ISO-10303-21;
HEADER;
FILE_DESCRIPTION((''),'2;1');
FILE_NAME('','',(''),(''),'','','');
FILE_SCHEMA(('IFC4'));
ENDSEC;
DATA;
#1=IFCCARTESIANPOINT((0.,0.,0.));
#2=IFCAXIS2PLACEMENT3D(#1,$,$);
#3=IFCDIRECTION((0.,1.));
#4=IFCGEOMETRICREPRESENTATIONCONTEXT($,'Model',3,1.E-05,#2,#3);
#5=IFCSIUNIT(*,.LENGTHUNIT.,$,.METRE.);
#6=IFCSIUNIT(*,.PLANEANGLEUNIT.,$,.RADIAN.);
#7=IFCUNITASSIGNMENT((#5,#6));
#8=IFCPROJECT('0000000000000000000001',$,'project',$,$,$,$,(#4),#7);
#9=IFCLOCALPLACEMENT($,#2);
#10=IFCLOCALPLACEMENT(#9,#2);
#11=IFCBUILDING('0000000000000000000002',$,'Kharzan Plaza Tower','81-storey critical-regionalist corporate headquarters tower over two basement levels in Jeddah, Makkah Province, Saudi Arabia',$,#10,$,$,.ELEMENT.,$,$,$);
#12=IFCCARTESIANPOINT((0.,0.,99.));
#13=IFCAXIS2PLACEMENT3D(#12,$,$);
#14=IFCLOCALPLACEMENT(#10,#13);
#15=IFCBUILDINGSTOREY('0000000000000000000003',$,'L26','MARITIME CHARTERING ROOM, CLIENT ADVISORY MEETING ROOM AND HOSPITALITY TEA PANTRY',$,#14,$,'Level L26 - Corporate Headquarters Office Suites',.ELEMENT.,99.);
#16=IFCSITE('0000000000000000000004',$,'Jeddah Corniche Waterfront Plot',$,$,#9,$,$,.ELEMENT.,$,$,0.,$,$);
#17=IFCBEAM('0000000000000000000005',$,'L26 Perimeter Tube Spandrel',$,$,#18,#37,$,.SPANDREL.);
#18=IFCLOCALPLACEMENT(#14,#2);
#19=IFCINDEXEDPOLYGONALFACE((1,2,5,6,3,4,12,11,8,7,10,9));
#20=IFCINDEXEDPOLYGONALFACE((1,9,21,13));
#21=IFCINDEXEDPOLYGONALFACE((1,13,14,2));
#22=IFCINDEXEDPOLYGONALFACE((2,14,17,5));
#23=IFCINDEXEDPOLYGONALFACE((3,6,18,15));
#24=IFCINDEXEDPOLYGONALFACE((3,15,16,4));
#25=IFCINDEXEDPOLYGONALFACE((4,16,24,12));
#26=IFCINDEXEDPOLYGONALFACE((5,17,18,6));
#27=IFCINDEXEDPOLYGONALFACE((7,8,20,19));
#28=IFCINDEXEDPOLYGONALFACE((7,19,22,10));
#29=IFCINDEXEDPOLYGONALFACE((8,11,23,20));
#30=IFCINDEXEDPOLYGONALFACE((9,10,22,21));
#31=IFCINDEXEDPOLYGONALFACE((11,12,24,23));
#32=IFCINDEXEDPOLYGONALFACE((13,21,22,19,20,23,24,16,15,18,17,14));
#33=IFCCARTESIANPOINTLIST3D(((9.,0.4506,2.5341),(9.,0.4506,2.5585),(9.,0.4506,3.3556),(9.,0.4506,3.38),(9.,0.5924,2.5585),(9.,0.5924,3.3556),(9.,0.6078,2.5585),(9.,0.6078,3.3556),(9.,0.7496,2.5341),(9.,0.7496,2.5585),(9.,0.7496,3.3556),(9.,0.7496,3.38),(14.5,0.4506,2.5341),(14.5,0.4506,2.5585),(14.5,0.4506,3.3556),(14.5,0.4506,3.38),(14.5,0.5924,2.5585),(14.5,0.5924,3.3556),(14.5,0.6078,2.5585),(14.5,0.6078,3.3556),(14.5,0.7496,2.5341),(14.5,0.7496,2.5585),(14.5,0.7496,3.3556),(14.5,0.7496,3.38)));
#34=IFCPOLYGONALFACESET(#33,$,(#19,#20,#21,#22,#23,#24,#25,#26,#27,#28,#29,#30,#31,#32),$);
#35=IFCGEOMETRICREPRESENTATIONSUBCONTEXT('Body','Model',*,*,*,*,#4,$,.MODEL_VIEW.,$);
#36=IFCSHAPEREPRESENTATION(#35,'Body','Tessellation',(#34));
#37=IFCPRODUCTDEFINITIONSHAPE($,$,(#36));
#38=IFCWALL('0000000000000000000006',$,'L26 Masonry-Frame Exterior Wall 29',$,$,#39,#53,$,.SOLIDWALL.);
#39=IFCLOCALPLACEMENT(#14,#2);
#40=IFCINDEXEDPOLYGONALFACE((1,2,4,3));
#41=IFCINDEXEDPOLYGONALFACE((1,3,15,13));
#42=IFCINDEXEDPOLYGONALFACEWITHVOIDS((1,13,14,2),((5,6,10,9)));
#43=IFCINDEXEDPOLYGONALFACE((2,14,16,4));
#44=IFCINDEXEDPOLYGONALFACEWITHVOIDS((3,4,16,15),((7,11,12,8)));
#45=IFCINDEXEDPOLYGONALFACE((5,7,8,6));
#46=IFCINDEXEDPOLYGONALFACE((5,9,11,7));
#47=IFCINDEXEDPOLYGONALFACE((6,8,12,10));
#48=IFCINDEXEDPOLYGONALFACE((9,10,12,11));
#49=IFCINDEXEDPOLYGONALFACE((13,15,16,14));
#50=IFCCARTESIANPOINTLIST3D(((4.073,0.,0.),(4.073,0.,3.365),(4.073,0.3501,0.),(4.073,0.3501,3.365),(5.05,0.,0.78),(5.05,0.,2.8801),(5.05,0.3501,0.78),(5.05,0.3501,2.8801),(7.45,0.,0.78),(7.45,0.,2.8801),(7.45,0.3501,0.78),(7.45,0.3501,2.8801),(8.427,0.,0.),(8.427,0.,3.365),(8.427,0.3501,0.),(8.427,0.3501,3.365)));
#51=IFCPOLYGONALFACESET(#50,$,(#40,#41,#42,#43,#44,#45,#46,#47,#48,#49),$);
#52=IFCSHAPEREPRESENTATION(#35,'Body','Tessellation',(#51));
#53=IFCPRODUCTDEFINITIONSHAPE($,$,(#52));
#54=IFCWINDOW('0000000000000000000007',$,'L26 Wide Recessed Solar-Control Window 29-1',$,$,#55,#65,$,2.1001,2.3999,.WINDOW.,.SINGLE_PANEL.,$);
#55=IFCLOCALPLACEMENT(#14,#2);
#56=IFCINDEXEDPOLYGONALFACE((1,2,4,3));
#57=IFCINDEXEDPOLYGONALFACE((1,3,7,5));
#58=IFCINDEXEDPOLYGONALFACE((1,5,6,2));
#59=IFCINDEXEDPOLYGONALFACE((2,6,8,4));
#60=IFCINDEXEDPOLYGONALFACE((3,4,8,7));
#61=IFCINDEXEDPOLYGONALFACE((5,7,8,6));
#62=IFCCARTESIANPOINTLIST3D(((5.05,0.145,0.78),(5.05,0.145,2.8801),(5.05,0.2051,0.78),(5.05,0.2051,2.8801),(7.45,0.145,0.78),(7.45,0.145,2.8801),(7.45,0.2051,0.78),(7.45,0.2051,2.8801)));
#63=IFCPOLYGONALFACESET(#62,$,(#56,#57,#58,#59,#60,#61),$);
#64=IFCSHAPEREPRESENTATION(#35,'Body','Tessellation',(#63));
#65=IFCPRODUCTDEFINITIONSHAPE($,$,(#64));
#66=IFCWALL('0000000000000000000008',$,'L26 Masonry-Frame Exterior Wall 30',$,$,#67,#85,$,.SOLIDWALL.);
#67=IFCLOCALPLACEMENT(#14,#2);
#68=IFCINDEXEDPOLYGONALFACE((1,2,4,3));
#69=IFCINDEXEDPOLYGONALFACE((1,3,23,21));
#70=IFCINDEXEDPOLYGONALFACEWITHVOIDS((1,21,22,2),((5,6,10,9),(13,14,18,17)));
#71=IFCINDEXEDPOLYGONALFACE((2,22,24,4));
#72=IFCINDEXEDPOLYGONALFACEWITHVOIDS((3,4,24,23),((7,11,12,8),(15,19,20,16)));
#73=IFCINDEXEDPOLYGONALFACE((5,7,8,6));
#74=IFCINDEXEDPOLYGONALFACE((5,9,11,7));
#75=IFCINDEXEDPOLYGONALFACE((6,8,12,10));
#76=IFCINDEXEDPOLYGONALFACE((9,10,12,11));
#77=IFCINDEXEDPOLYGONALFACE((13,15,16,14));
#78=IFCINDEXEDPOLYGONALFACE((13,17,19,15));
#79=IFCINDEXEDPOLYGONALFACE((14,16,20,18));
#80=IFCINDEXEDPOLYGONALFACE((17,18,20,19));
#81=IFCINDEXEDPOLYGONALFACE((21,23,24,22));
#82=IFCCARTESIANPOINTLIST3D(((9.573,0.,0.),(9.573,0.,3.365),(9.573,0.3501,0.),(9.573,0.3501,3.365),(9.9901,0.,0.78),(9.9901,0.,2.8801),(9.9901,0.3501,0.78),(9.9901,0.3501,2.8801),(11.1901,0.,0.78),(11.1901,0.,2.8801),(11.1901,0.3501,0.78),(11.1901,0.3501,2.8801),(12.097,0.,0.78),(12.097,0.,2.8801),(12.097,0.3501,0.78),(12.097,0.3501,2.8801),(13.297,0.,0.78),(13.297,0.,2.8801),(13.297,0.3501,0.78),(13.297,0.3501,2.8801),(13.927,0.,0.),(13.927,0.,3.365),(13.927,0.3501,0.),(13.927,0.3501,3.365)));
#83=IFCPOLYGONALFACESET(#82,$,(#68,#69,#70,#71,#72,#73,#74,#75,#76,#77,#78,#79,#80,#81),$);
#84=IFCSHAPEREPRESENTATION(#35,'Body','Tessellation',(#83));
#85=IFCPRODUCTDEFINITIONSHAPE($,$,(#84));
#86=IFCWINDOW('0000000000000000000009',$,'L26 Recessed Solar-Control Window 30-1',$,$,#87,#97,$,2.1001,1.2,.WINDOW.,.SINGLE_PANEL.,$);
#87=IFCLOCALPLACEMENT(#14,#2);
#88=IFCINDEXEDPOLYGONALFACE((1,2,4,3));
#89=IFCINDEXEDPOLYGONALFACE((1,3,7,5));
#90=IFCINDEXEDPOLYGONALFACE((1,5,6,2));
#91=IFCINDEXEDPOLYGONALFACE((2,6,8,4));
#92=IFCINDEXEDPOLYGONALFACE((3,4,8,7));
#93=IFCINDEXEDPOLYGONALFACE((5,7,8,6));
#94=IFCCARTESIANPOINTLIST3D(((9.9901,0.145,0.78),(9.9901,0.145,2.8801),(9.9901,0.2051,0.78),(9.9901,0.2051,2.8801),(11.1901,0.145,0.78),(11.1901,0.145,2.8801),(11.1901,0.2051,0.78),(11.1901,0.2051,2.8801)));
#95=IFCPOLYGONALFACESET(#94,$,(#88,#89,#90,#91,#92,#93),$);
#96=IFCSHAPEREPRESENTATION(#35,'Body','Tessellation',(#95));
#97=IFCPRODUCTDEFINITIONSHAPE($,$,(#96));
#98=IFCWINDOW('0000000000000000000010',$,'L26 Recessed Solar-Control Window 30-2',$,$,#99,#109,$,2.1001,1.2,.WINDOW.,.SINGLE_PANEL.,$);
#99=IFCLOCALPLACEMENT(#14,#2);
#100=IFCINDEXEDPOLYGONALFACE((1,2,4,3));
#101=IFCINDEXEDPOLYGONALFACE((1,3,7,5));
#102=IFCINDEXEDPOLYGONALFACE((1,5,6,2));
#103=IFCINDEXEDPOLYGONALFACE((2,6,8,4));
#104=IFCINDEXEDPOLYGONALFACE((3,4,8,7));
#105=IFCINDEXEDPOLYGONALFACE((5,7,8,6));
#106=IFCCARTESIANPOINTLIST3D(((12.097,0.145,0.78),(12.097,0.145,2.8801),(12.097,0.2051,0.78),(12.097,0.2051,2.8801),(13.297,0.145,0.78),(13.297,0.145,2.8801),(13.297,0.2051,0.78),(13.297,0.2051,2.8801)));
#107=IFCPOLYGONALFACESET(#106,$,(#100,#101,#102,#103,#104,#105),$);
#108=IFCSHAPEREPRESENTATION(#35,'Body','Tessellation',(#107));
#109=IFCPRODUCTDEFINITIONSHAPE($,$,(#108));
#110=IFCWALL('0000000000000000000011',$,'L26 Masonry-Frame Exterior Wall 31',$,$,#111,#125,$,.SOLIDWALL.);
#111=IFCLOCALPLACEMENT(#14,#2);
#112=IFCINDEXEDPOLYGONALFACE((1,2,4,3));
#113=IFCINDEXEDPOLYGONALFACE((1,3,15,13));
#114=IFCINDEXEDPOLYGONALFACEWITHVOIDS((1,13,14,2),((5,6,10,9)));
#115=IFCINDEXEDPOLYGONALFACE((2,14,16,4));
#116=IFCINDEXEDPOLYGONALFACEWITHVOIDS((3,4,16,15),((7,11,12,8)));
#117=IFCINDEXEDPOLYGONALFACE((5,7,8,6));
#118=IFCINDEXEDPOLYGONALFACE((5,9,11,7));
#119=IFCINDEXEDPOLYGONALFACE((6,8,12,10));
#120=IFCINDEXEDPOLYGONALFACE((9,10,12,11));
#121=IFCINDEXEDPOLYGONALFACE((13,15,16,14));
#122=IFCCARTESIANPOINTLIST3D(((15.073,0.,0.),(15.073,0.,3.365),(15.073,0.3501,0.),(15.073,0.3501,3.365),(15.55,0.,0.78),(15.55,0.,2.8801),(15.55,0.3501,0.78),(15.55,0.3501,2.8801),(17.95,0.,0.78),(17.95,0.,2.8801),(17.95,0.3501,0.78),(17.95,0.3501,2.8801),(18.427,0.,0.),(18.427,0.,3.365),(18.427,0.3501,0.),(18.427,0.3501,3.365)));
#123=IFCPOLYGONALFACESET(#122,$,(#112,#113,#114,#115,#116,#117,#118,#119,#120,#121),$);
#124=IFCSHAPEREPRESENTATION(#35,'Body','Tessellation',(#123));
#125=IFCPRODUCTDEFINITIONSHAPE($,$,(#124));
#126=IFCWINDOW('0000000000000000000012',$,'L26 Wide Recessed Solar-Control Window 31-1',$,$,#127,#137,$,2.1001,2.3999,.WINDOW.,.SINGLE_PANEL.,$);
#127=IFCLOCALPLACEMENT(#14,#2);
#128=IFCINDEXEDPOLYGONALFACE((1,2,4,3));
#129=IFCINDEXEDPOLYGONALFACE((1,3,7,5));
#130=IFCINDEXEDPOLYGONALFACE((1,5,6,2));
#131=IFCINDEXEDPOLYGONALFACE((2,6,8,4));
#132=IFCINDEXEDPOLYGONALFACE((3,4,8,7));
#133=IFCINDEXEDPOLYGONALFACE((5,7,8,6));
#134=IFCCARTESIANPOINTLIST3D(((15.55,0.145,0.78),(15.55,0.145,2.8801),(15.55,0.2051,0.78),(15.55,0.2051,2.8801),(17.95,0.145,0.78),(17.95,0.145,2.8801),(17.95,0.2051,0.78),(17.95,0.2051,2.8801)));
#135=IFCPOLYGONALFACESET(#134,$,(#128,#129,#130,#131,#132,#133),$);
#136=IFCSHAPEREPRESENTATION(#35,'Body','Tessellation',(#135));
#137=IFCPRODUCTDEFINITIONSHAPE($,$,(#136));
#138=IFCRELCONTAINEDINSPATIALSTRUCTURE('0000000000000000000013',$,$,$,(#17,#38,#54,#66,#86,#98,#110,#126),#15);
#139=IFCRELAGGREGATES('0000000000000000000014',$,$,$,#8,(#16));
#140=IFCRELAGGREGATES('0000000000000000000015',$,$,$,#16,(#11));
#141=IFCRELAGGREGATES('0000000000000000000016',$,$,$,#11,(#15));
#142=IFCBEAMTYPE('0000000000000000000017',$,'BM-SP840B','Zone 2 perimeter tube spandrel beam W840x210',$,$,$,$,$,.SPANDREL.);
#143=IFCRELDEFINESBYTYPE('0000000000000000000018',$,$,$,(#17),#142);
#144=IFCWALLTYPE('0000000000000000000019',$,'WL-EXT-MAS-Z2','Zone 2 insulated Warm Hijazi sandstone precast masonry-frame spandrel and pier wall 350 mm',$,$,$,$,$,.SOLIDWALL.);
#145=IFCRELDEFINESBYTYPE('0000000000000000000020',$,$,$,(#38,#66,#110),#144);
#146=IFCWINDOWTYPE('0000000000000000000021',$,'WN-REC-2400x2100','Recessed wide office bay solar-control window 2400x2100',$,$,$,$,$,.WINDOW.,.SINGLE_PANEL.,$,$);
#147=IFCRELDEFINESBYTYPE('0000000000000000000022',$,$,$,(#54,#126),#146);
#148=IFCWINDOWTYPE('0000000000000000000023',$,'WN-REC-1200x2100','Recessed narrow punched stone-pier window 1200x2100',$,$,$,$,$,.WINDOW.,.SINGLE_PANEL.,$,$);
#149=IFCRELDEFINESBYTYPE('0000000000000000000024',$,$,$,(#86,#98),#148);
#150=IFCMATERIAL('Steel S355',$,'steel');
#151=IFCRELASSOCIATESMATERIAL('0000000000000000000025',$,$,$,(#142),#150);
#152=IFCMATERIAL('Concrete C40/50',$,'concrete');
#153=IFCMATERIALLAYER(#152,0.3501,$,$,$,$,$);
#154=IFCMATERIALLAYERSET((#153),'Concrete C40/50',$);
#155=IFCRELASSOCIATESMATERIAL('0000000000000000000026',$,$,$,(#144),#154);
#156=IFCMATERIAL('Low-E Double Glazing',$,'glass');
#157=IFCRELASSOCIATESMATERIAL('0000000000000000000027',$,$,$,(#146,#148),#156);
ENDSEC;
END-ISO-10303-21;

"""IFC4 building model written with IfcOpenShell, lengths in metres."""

from ifc_helpers import new_model, si_unit, direction, frame, frame_2d, origin, origin_2d, place, context, subcontext, project, spatial, rectangle, i_section, extrude, source, transform, mapped, material, layer, layer_set, material_profile, profile_set, type_object, element, fill, save


model = new_model("IFC4")

# Units and contexts
model_context = context("Model", 3, precision=1e-05, world=origin(), true_north=direction((0.0, 1.0)))
body_context = subcontext(model_context, "Body", "Model", "MODEL_VIEW")
ifc_project = project(units=[si_unit("LENGTHUNIT", "METRE"), si_unit("PLANEANGLEUNIT", "RADIAN")], contexts=[model_context])

# Site, building, storey
site_placement = place(None, origin())
site = spatial("IfcSite", under=ifc_project, at=site_placement, Name="Jeddah Corniche Waterfront Plot", CompositionType="ELEMENT", RefElevation=0.0)
building_placement = place(site_placement, origin())
building = spatial("IfcBuilding", under=site, at=building_placement, Name="Kharzan Plaza Tower", Description="81-storey critical-regionalist corporate headquarters tower over two basement levels in Jeddah, Makkah Province, Saudi Arabia", CompositionType="ELEMENT")
storey_placement = place(building_placement, frame((0.0, 0.0, 99.0)))
storey = spatial("IfcBuildingStorey", under=building, at=storey_placement, Name="L26", Description="MARITIME CHARTERING ROOM, CLIENT ADVISORY MEETING ROOM AND HOSPITALITY TEA PANTRY", LongName="Level L26 - Corporate Headquarters Office Suites", CompositionType="ELEMENT", Elevation=99.0)

# Beam
ifc_material_1 = material(Name="Steel S355", Category="steel")
ifc_material_profile_1 = material_profile(ifc_material_1, i_section(OverallWidth=0.2991, OverallDepth=0.8459, WebThickness=0.0154, FlangeThickness=0.0244, at=origin_2d()), Name="W840x210")
ifc_profile_set_1 = profile_set([ifc_material_profile_1], Name="Steel S355")
beam_type_1 = type_object("IfcBeamType", Name="BM-SP840B", Description="Zone 2 perimeter tube spandrel beam W840x210", PredefinedType="SPANDREL", material=ifc_profile_set_1)
shared_shape_1 = source(origin(), body_context, "Body", "SweptSolid", [
    extrude(i_section(OverallWidth=0.2991, OverallDepth=0.8459, WebThickness=0.0154, FlangeThickness=0.0244, at=origin_2d()), origin(), (0.0, 0.0, 1.0), 5.5),
])
beam_1_placement = place(storey_placement, frame((9.0, 0.6001, 2.957), z_axis=(1.0, 0.0, 0.0), x_axis=(0.0, 1.0, 0.0)))
element("IfcBeam", 1, at=beam_1_placement, inside=storey, type_object=beam_type_1, Name="L26 Perimeter Tube Spandrel", PredefinedType="SPANDREL", context=body_context, shape_type="MappedRepresentation", body=[
    mapped(shared_shape_1, transform((0.0, 0.0, 0.0), x_axis=(1.0, 0.0, 0.0), y_axis=(0.0, 1.0, 0.0), z_axis=(0.0, 0.0, 1.0))),
])

# Wall, opening, window
ifc_material_2 = material(Name="Concrete C40/50", Category="concrete")
ifc_layer_1 = layer(ifc_material_2, 0.3501)
ifc_layer_set_1 = layer_set([ifc_layer_1], Name="Concrete C40/50")
wall_type_1 = type_object("IfcWallType", Name="WL-EXT-MAS-Z2", Description="Zone 2 insulated Warm Hijazi sandstone precast masonry-frame spandrel and pier wall 350 mm", PredefinedType="SOLIDWALL", material=ifc_layer_set_1)
wall_1_placement = place(storey_placement, frame((4.073, 0.175, 0.0), z_axis=(0.0, 0.0, 1.0), x_axis=(1.0, 0.0, 0.0)))
wall_1 = element("IfcWall", 2, at=wall_1_placement, inside=storey, type_object=wall_type_1, Name="L26 Masonry-Frame Exterior Wall 29", PredefinedType="SOLIDWALL", context=body_context, shape_type="SweptSolid", body=[
    extrude(rectangle(XDim=4.354, YDim=0.3501, at=frame_2d((2.177, 0.0))), origin(), (0.0, 0.0, 1.0), 3.365),
])
opening_1_placement = place(wall_1_placement, frame((0.9771, 0.0, 0.78)))
opening_1 = element("IfcOpeningElement", 3, at=opening_1_placement, cuts=wall_1, PredefinedType="OPENING", context=body_context, shape_type="SweptSolid", body=[
    extrude(rectangle(XDim=2.3999, YDim=2.1001, at=frame_2d((1.2, 1.05))), frame((0.0, 0.1851, 0.0), z_axis=(0.0, -1.0, 0.0), x_axis=(1.0, 0.0, 0.0)), (0.0, 0.0, 1.0), 0.3701),
])
ifc_material_3 = material(Name="Low-E Double Glazing", Category="glass")
window_type_1 = type_object("IfcWindowType", Name="WN-REC-2400x2100", Description="Recessed wide office bay solar-control window 2400x2100", PartitioningType="SINGLE_PANEL", PredefinedType="WINDOW", material=ifc_material_3)
shared_shape_2 = source(origin(), body_context, "Body", "SweptSolid", [
    extrude(rectangle(XDim=2.3999, YDim=2.1001, at=frame_2d((1.2, 1.05))), frame((0.0, 0.03, 0.0), z_axis=(0.0, -1.0, 0.0), x_axis=(1.0, 0.0, 0.0)), (0.0, 0.0, 1.0), 0.0601),
])
window_1_placement = place(opening_1_placement, origin())
window_1 = element("IfcWindow", 4, at=window_1_placement, inside=storey, type_object=window_type_1, Name="L26 Wide Recessed Solar-Control Window 29-1", OverallHeight=2.1001, OverallWidth=2.3999, PartitioningType="SINGLE_PANEL", PredefinedType="WINDOW", context=body_context, shape_type="MappedRepresentation", body=[
    mapped(shared_shape_2, transform((0.0, 0.0, 0.0), x_axis=(1.0, 0.0, 0.0), y_axis=(0.0, 1.0, 0.0), z_axis=(0.0, 0.0, 1.0))),
])
fill(opening_1, window_1)

# Wall, openings, windows
wall_2_placement = place(storey_placement, frame((9.573, 0.175, 0.0), z_axis=(0.0, 0.0, 1.0), x_axis=(1.0, 0.0, 0.0)))
wall_2 = element("IfcWall", 5, at=wall_2_placement, inside=storey, type_object=wall_type_1, Name="L26 Masonry-Frame Exterior Wall 30", PredefinedType="SOLIDWALL", context=body_context, shape_type="SweptSolid", body=[
    extrude(rectangle(XDim=4.354, YDim=0.3501, at=frame_2d((2.177, 0.0))), origin(), (0.0, 0.0, 1.0), 3.365),
])
opening_2_placement = place(wall_2_placement, frame((0.417, 0.0, 0.78)))
opening_2 = element("IfcOpeningElement", 6, at=opening_2_placement, cuts=wall_2, PredefinedType="OPENING", context=body_context, shape_type="SweptSolid", body=[
    extrude(rectangle(XDim=1.2, YDim=2.1001, at=frame_2d((0.6001, 1.05))), frame((0.0, 0.1851, 0.0), z_axis=(0.0, -1.0, 0.0), x_axis=(1.0, 0.0, 0.0)), (0.0, 0.0, 1.0), 0.3701),
])
opening_3_placement = place(wall_2_placement, frame((2.5239, 0.0, 0.78)))
opening_3 = element("IfcOpeningElement", 7, at=opening_3_placement, cuts=wall_2, PredefinedType="OPENING", context=body_context, shape_type="SweptSolid", body=[
    extrude(rectangle(XDim=1.2, YDim=2.1001, at=frame_2d((0.6001, 1.05))), frame((0.0, 0.1851, 0.0), z_axis=(0.0, -1.0, 0.0), x_axis=(1.0, 0.0, 0.0)), (0.0, 0.0, 1.0), 0.3701),
])
window_type_2 = type_object("IfcWindowType", Name="WN-REC-1200x2100", Description="Recessed narrow punched stone-pier window 1200x2100", PartitioningType="SINGLE_PANEL", PredefinedType="WINDOW", material=ifc_material_3)
shared_shape_3 = source(origin(), body_context, "Body", "SweptSolid", [
    extrude(rectangle(XDim=1.2, YDim=2.1001, at=frame_2d((0.6001, 1.05))), frame((0.0, 0.03, 0.0), z_axis=(0.0, -1.0, 0.0), x_axis=(1.0, 0.0, 0.0)), (0.0, 0.0, 1.0), 0.0601),
])
window_2_placement = place(opening_2_placement, origin())
window_2 = element("IfcWindow", 8, at=window_2_placement, inside=storey, type_object=window_type_2, Name="L26 Recessed Solar-Control Window 30-1", OverallHeight=2.1001, OverallWidth=1.2, PartitioningType="SINGLE_PANEL", PredefinedType="WINDOW", context=body_context, shape_type="MappedRepresentation", body=[
    mapped(shared_shape_3, transform((0.0, 0.0, 0.0), x_axis=(1.0, 0.0, 0.0), y_axis=(0.0, 1.0, 0.0), z_axis=(0.0, 0.0, 1.0))),
])
fill(opening_2, window_2)
window_3_placement = place(opening_3_placement, origin())
window_3 = element("IfcWindow", 9, at=window_3_placement, inside=storey, type_object=window_type_2, Name="L26 Recessed Solar-Control Window 30-2", OverallHeight=2.1001, OverallWidth=1.2, PartitioningType="SINGLE_PANEL", PredefinedType="WINDOW", context=body_context, shape_type="MappedRepresentation", body=[
    mapped(shared_shape_3, transform((0.0, 0.0, 0.0), x_axis=(1.0, 0.0, 0.0), y_axis=(0.0, 1.0, 0.0), z_axis=(0.0, 0.0, 1.0))),
])
fill(opening_3, window_3)

# Wall, opening, window
wall_3_placement = place(storey_placement, frame((15.073, 0.175, 0.0), z_axis=(0.0, 0.0, 1.0), x_axis=(1.0, 0.0, 0.0)))
wall_3 = element("IfcWall", 10, at=wall_3_placement, inside=storey, type_object=wall_type_1, Name="L26 Masonry-Frame Exterior Wall 31", PredefinedType="SOLIDWALL", context=body_context, shape_type="SweptSolid", body=[
    extrude(rectangle(XDim=3.354, YDim=0.3501, at=frame_2d((1.677, 0.0))), origin(), (0.0, 0.0, 1.0), 3.365),
])
opening_4_placement = place(wall_3_placement, frame((0.4771, 0.0, 0.78)))
opening_4 = element("IfcOpeningElement", 11, at=opening_4_placement, cuts=wall_3, PredefinedType="OPENING", context=body_context, shape_type="SweptSolid", body=[
    extrude(rectangle(XDim=2.3999, YDim=2.1001, at=frame_2d((1.2, 1.05))), frame((0.0, 0.1851, 0.0), z_axis=(0.0, -1.0, 0.0), x_axis=(1.0, 0.0, 0.0)), (0.0, 0.0, 1.0), 0.3701),
])
window_4_placement = place(opening_4_placement, origin())
window_4 = element("IfcWindow", 12, at=window_4_placement, inside=storey, type_object=window_type_1, Name="L26 Wide Recessed Solar-Control Window 31-1", OverallHeight=2.1001, OverallWidth=2.3999, PartitioningType="SINGLE_PANEL", PredefinedType="WINDOW", context=body_context, shape_type="MappedRepresentation", body=[
    mapped(shared_shape_2, transform((0.0, 0.0, 0.0), x_axis=(1.0, 0.0, 0.0), y_axis=(0.0, 1.0, 0.0), z_axis=(0.0, 0.0, 1.0))),
])
fill(opening_4, window_4)

save(model, "model.ifc")
